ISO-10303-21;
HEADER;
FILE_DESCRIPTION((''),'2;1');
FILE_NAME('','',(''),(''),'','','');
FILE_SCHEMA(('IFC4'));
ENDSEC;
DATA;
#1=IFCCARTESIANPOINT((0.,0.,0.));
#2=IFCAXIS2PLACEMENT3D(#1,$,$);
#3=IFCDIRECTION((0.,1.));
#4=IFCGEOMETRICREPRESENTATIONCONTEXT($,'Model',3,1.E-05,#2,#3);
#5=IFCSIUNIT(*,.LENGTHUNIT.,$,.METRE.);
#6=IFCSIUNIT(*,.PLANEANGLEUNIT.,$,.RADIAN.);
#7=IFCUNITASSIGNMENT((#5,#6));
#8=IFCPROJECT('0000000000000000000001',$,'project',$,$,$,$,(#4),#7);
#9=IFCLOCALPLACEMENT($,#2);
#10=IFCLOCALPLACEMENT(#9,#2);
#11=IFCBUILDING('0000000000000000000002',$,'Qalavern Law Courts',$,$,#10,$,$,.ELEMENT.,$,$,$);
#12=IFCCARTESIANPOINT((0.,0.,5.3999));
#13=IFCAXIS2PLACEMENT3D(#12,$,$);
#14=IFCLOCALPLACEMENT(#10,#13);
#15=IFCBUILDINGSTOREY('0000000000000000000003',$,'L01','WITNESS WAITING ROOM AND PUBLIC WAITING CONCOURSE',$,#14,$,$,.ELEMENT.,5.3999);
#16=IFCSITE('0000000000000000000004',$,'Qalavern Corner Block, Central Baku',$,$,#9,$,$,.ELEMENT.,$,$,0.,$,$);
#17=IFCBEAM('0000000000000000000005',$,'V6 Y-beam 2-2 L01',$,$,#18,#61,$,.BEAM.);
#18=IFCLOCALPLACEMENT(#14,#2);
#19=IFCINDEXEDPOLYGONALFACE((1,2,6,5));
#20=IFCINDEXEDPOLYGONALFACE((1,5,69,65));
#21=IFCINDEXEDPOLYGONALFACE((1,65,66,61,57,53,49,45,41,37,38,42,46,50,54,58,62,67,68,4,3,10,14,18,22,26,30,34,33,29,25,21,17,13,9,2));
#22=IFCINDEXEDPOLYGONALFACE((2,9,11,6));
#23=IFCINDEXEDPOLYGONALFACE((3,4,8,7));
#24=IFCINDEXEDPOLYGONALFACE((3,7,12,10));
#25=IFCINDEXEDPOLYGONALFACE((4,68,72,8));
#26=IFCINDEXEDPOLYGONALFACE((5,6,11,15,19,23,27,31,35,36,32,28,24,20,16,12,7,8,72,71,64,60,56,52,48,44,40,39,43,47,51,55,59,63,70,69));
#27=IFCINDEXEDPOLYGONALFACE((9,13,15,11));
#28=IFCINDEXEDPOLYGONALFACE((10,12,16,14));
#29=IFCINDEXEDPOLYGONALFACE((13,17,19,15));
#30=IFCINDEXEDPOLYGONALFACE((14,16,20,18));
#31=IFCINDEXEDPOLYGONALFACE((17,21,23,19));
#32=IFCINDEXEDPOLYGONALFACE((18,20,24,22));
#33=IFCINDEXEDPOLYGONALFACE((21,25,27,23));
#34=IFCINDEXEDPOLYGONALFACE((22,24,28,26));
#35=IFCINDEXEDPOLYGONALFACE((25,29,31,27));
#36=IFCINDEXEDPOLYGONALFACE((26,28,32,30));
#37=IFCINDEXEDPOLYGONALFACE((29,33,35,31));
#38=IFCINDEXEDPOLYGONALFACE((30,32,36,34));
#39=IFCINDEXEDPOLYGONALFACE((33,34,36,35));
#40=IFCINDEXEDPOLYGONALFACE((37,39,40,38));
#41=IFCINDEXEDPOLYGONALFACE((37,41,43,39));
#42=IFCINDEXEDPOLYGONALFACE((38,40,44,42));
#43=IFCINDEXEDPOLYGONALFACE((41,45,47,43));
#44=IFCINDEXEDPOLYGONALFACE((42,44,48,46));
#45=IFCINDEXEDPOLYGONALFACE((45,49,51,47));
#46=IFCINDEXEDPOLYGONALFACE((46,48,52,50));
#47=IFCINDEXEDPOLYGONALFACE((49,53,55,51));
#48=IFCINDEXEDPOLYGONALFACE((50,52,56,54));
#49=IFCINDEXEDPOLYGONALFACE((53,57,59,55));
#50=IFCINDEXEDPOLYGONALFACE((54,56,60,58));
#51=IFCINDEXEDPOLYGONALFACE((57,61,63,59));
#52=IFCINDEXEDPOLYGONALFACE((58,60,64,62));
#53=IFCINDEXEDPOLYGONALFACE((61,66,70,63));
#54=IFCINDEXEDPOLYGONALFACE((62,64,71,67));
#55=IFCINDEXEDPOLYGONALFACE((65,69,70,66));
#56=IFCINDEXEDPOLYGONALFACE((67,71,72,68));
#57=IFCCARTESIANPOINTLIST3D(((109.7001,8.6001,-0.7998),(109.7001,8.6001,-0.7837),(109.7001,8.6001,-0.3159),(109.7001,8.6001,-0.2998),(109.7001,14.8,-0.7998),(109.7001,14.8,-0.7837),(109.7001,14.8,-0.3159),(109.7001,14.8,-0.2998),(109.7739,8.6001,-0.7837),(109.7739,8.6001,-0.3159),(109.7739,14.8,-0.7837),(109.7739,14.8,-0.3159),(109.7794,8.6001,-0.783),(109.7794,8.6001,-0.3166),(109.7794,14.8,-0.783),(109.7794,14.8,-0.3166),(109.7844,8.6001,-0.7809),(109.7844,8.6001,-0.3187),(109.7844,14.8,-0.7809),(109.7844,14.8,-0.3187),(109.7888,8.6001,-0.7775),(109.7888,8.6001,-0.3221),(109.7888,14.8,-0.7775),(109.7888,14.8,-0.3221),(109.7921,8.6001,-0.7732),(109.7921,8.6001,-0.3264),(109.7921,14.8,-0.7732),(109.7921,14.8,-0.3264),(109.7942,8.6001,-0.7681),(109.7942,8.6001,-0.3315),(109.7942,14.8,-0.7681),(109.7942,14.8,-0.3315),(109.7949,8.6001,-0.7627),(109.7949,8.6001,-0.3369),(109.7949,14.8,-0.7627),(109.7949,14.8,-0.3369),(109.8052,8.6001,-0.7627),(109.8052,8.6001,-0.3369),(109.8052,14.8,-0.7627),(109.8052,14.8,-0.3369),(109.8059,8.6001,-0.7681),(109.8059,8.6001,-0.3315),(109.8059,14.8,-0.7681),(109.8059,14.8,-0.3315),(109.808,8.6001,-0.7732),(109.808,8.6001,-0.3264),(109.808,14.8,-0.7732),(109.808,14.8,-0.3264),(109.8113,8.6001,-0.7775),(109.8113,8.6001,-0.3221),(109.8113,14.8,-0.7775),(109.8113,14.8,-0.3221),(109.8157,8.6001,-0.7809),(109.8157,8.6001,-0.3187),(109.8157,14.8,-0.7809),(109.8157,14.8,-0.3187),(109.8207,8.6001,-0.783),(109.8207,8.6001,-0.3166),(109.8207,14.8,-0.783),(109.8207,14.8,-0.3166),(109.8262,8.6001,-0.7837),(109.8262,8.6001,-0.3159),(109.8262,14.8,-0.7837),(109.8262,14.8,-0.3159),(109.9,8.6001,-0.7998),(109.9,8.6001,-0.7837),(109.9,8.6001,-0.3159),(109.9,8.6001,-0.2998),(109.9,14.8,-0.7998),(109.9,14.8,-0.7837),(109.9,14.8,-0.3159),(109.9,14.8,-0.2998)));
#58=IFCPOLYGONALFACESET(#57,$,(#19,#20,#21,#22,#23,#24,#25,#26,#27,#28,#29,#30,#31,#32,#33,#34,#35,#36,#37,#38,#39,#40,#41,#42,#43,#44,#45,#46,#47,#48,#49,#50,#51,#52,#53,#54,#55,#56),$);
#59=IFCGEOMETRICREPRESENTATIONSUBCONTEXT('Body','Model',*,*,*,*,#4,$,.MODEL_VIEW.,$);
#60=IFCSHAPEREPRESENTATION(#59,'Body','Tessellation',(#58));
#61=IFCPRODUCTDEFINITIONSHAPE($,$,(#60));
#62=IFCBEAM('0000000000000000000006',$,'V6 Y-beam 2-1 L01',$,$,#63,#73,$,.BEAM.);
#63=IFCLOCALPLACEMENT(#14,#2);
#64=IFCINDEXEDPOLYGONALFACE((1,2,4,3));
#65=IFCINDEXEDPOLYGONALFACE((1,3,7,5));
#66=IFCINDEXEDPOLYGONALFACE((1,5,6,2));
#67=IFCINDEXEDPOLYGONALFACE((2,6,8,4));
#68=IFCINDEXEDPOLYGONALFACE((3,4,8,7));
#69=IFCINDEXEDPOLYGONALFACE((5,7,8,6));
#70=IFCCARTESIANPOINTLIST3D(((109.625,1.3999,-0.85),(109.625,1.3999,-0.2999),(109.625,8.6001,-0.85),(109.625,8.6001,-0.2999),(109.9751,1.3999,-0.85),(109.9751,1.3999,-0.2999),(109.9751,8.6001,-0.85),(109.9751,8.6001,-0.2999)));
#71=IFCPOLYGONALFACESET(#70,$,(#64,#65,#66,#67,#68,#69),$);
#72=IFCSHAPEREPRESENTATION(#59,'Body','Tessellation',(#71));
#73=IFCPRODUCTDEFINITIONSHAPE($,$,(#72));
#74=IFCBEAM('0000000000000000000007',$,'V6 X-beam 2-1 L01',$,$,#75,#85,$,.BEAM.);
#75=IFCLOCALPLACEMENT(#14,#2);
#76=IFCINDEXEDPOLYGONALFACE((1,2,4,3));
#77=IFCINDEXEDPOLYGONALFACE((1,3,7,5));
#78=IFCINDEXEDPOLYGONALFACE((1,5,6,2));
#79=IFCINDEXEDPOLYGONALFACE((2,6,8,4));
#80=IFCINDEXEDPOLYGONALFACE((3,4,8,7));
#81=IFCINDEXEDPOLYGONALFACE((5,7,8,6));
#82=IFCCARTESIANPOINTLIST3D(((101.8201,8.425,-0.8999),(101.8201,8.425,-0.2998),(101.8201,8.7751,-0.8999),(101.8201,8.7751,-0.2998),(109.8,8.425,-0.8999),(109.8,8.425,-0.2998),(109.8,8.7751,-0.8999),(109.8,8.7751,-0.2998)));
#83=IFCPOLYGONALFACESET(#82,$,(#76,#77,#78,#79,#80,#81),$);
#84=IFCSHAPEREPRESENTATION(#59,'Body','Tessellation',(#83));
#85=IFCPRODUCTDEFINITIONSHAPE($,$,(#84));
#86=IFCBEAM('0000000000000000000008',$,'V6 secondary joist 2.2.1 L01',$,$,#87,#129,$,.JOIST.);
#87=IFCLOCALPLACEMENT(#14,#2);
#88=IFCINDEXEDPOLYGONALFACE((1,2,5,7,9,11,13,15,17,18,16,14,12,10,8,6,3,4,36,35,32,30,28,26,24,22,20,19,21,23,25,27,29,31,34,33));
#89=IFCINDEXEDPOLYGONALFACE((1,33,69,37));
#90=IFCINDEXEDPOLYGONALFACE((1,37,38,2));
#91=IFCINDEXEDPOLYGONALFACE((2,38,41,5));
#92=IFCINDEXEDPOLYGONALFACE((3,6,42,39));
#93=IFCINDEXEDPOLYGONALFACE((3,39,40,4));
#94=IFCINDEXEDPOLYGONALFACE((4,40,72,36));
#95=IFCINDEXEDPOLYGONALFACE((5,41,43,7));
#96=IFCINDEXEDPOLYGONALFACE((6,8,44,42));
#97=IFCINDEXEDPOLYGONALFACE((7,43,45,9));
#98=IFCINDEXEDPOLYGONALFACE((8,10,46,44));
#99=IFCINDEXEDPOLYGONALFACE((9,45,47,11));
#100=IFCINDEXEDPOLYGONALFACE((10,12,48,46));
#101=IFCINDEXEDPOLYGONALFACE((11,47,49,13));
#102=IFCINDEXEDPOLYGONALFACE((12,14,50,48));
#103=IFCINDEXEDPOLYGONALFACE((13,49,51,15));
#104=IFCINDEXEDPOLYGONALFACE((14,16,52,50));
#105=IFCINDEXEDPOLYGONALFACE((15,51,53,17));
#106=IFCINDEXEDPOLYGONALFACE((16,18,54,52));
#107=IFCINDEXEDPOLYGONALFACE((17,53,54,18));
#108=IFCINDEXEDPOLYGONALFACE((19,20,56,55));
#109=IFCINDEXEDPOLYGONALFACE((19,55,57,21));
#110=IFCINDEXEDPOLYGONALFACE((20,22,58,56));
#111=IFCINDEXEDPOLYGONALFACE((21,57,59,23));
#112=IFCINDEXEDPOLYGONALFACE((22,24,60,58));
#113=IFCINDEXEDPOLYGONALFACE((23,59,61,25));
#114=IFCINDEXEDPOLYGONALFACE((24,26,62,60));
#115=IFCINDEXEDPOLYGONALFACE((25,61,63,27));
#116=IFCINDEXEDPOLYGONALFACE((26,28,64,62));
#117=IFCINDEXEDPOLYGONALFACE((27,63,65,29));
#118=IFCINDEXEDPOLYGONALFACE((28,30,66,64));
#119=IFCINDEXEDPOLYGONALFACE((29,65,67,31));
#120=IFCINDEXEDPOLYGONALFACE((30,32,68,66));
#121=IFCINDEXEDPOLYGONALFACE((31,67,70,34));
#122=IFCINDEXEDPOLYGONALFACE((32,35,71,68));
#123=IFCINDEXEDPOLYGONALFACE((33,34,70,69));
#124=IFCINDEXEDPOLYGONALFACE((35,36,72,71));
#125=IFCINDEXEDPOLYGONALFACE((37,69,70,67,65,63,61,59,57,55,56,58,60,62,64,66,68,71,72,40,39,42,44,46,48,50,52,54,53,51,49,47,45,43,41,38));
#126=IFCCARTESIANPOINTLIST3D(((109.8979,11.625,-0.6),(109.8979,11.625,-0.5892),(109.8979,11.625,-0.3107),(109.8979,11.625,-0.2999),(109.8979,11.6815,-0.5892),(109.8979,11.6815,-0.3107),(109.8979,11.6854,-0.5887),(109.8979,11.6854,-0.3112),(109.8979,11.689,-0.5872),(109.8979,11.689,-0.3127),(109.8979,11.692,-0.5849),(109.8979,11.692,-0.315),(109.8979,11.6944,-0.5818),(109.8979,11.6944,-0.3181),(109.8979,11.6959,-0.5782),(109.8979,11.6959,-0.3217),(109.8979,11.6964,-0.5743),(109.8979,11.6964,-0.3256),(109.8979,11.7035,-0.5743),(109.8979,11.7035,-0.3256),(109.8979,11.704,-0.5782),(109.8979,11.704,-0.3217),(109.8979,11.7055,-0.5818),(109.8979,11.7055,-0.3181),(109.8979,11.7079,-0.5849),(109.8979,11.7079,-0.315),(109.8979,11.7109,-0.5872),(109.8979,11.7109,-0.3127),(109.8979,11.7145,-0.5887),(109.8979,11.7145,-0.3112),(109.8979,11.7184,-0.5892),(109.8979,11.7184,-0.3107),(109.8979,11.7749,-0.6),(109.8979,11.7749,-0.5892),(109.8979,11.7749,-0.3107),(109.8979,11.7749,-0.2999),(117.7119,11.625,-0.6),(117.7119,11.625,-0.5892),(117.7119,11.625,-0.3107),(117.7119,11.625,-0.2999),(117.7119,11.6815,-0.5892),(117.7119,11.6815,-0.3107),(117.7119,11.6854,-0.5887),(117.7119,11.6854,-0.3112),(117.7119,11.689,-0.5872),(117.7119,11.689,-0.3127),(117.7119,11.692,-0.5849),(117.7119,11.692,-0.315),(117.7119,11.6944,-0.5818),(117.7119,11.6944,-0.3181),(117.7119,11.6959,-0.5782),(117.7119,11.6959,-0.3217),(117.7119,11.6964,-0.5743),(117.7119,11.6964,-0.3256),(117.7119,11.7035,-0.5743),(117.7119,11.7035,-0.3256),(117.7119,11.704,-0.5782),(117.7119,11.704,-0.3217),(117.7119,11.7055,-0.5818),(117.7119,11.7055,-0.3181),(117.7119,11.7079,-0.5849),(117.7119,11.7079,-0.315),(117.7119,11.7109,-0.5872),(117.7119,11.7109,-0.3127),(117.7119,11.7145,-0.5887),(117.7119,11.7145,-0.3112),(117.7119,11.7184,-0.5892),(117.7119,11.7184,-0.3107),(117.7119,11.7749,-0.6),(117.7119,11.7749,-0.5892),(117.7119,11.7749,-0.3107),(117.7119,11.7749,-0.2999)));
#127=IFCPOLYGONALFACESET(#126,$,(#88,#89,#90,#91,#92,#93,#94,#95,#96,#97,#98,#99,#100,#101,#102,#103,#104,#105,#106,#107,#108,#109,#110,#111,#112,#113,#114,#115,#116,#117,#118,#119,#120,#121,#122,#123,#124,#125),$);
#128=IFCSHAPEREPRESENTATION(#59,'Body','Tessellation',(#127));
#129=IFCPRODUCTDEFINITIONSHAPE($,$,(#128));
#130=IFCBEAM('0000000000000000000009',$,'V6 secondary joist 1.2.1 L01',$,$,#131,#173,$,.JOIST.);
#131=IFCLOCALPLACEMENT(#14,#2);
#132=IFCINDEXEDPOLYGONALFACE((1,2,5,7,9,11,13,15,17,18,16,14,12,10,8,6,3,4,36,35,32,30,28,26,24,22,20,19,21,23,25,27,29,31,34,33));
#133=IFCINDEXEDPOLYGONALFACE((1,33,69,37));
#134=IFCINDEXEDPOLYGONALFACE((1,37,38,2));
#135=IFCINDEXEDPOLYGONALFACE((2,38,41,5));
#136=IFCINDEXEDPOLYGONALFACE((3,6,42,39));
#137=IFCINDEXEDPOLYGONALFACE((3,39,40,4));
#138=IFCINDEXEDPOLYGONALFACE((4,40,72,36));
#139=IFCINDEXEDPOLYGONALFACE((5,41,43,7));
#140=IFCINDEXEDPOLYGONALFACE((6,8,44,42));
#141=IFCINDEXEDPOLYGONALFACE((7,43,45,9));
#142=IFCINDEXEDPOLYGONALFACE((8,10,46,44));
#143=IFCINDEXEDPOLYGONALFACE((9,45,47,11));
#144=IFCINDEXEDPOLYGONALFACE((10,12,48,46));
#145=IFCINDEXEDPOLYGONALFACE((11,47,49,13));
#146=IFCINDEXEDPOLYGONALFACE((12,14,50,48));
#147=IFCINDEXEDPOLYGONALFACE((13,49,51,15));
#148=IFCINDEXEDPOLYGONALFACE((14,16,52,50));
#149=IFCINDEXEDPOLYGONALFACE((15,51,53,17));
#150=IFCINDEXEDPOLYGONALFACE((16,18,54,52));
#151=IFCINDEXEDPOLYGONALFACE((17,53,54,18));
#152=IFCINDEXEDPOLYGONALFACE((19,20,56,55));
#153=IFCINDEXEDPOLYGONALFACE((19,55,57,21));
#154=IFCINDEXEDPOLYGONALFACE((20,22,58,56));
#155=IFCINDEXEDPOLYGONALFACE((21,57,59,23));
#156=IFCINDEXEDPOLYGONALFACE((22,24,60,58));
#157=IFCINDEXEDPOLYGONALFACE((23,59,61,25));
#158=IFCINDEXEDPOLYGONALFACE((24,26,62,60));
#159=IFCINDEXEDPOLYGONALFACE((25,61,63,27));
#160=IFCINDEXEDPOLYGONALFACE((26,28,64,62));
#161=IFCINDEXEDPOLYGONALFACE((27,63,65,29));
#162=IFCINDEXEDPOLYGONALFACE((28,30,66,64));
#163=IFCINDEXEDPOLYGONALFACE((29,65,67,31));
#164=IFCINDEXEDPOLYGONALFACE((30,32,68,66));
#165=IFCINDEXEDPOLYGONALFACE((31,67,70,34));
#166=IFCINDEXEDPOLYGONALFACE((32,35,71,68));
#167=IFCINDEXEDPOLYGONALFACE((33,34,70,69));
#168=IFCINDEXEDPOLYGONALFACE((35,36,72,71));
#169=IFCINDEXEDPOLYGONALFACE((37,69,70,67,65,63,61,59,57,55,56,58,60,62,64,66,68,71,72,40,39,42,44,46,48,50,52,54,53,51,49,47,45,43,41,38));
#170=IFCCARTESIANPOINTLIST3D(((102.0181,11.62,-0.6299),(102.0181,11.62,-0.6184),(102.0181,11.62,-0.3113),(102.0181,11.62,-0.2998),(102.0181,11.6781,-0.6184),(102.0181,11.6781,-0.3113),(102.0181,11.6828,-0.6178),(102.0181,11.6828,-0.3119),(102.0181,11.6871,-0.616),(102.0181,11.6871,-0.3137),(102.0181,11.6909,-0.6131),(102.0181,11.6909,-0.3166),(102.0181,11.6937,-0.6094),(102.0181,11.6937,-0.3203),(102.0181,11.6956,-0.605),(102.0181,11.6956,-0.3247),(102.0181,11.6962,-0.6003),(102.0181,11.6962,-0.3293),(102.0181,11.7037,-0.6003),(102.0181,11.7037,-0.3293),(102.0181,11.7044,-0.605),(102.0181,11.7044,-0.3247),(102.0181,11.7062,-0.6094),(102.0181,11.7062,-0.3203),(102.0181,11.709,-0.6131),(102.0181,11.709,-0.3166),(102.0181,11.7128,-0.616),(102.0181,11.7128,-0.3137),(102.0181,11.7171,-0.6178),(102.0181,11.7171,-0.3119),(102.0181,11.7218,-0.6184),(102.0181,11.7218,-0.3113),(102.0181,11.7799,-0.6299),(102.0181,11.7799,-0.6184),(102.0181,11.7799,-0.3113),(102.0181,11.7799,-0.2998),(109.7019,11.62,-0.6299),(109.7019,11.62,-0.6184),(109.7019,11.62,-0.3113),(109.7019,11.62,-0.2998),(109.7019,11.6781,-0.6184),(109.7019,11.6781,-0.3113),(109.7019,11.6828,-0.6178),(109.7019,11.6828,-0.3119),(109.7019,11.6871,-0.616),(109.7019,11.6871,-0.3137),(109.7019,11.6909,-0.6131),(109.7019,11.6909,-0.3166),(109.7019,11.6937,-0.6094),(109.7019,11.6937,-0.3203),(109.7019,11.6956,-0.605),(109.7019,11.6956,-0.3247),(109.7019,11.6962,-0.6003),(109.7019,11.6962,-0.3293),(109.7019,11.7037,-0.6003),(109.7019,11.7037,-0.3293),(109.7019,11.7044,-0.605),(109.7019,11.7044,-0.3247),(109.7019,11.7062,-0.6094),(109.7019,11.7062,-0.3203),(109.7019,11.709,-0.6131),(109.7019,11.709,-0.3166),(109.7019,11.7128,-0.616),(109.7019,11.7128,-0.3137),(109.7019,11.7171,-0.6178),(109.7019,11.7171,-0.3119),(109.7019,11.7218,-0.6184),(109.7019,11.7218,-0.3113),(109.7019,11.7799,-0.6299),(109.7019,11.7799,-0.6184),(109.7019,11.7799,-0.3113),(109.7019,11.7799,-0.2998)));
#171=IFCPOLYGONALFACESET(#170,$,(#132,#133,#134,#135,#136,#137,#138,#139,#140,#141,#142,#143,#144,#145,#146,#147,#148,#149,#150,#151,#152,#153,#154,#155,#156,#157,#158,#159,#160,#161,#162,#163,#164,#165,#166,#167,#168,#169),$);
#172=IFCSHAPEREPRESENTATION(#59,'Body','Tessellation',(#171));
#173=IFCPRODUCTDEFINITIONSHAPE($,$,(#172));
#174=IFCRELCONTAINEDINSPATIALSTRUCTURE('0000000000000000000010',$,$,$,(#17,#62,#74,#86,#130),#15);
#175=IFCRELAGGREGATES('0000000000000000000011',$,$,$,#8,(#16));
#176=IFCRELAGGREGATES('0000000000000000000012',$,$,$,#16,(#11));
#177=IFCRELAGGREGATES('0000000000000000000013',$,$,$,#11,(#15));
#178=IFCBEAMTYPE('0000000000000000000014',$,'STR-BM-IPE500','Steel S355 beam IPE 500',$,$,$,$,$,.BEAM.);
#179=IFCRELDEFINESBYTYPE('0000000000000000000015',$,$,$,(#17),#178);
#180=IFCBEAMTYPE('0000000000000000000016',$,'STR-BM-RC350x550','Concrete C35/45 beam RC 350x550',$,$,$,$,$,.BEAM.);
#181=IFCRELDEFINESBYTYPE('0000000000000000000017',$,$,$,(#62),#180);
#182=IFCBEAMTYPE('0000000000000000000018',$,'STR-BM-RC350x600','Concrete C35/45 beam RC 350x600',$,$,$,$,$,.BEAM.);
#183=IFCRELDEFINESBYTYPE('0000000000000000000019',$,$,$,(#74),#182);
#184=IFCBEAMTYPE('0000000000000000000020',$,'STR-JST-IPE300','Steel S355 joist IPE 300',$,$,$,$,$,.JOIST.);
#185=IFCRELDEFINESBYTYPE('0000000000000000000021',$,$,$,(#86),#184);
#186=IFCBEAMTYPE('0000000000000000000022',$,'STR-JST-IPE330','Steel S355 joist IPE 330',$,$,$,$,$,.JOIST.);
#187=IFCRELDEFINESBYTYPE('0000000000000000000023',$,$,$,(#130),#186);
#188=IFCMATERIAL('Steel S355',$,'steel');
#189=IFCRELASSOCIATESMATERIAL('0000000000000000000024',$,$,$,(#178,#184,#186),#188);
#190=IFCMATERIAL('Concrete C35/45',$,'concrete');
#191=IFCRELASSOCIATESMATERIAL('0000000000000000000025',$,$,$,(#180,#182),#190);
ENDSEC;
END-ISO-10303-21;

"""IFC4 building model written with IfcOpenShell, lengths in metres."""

from ifc_helpers import new_model, si_unit, direction, frame, origin, origin_2d, place, context, subcontext, project, spatial, rectangle, i_section, extrude, material, material_profile, profile_set, type_object, element, save


model = new_model("IFC4")

# Units and contexts
model_context = context("Model", 3, precision=1e-05, world=origin(), true_north=direction((0.0, 1.0)))
body_context = subcontext(model_context, "Body", "Model", "MODEL_VIEW")
ifc_project = project(units=[si_unit("LENGTHUNIT", "METRE"), si_unit("PLANEANGLEUNIT", "RADIAN")], contexts=[model_context])

# Site, building, storey
site_placement = place(None, origin())
site = spatial("IfcSite", under=ifc_project, at=site_placement, Name="Qalavern Corner Block, Central Baku", CompositionType="ELEMENT", RefElevation=0.0)
building_placement = place(site_placement, origin())
building = spatial("IfcBuilding", under=site, at=building_placement, Name="Qalavern Law Courts", CompositionType="ELEMENT")
storey_placement = place(building_placement, frame((0.0, 0.0, 5.3999)))
storey = spatial("IfcBuildingStorey", under=building, at=storey_placement, Name="L01", Description="WITNESS WAITING ROOM AND PUBLIC WAITING CONCOURSE", CompositionType="ELEMENT", Elevation=5.3999)

# Beams
ifc_material_1 = material(Name="Steel S355", Category="steel")
ifc_material_profile_1 = material_profile(ifc_material_1, i_section(OverallWidth=0.2, OverallDepth=0.5, WebThickness=0.0103, FlangeThickness=0.0161, FilletRadius=0.021, at=origin_2d()), Name="IPE 500")
ifc_profile_set_1 = profile_set([ifc_material_profile_1], Name="Steel S355")
beam_type_1 = type_object("IfcBeamType", Name="STR-BM-IPE500", Description="Steel S355 beam IPE 500", PredefinedType="BEAM", material=ifc_profile_set_1)
beam_1_placement = place(storey_placement, frame((109.8, 8.6001, -0.5498), z_axis=(0.0, 1.0, 0.0), x_axis=(-1.0, 0.0, 0.0)))
element("IfcBeam", 1, at=beam_1_placement, inside=storey, type_object=beam_type_1, Name="V6 Y-beam 2-2 L01", PredefinedType="BEAM", context=body_context, shape_type="SweptSolid", body=[
    extrude(i_section(OverallWidth=0.2, OverallDepth=0.5, WebThickness=0.0103, FlangeThickness=0.0161, FilletRadius=0.021, at=origin_2d()), origin(), (0.0, 0.0, 1.0), 6.2),
])
ifc_material_2 = material(Name="Concrete C35/45", Category="concrete")
ifc_material_profile_2 = material_profile(ifc_material_2, rectangle(XDim=0.3501, YDim=0.55, at=origin_2d()), Name="RC 350x550")
ifc_profile_set_2 = profile_set([ifc_material_profile_2], Name="Concrete C35/45")
beam_type_2 = type_object("IfcBeamType", Name="STR-BM-RC350x550", Description="Concrete C35/45 beam RC 350x550", PredefinedType="BEAM", material=ifc_profile_set_2)
beam_2_placement = place(storey_placement, frame((109.8, 1.3999, -0.575), z_axis=(0.0, 1.0, 0.0), x_axis=(-1.0, 0.0, 0.0)))
element("IfcBeam", 2, at=beam_2_placement, inside=storey, type_object=beam_type_2, Name="V6 Y-beam 2-1 L01", PredefinedType="BEAM", context=body_context, shape_type="SweptSolid", body=[
    extrude(rectangle(XDim=0.3501, YDim=0.55, at=origin_2d()), origin(), (0.0, 0.0, 1.0), 7.2002),
])
ifc_material_profile_3 = material_profile(ifc_material_2, rectangle(XDim=0.3501, YDim=0.6001, at=origin_2d()), Name="RC 350x600")
ifc_profile_set_3 = profile_set([ifc_material_profile_3], Name="Concrete C35/45")
beam_type_3 = type_object("IfcBeamType", Name="STR-BM-RC350x600", Description="Concrete C35/45 beam RC 350x600", PredefinedType="BEAM", material=ifc_profile_set_3)
beam_3_placement = place(storey_placement, frame((101.8201, 8.6001, -0.5999), z_axis=(1.0, 0.0, 0.0), x_axis=(0.0, 1.0, 0.0)))
element("IfcBeam", 3, at=beam_3_placement, inside=storey, type_object=beam_type_3, Name="V6 X-beam 2-1 L01", PredefinedType="BEAM", context=body_context, shape_type="SweptSolid", body=[
    extrude(rectangle(XDim=0.3501, YDim=0.6001, at=origin_2d()), origin(), (0.0, 0.0, 1.0), 7.98),
])
ifc_material_profile_4 = material_profile(ifc_material_1, i_section(OverallWidth=0.1499, OverallDepth=0.3, WebThickness=0.0071, FlangeThickness=0.0107, FilletRadius=0.0149, at=origin_2d()), Name="IPE 300")
ifc_profile_set_4 = profile_set([ifc_material_profile_4], Name="Steel S355")
beam_type_4 = type_object("IfcBeamType", Name="STR-JST-IPE300", Description="Steel S355 joist IPE 300", PredefinedType="JOIST", material=ifc_profile_set_4)
beam_4_placement = place(storey_placement, frame((109.8979, 11.7, -0.45), z_axis=(1.0, 0.0, 0.0), x_axis=(0.0, 1.0, 0.0)))
element("IfcBeam", 4, at=beam_4_placement, inside=storey, type_object=beam_type_4, Name="V6 secondary joist 2.2.1 L01", PredefinedType="JOIST", context=body_context, shape_type="SweptSolid", body=[
    extrude(i_section(OverallWidth=0.1499, OverallDepth=0.3, WebThickness=0.0071, FlangeThickness=0.0107, FilletRadius=0.0149, at=origin_2d()), origin(), (0.0, 0.0, 1.0), 7.814),
])
ifc_material_profile_5 = material_profile(ifc_material_1, i_section(OverallWidth=0.1599, OverallDepth=0.3301, WebThickness=0.0076, FlangeThickness=0.0115, FilletRadius=0.0181, at=origin_2d()), Name="IPE 330")
ifc_profile_set_5 = profile_set([ifc_material_profile_5], Name="Steel S355")
beam_type_5 = type_object("IfcBeamType", Name="STR-JST-IPE330", Description="Steel S355 joist IPE 330", PredefinedType="JOIST", material=ifc_profile_set_5)
beam_5_placement = place(storey_placement, frame((102.0181, 11.7, -0.4648), z_axis=(1.0, 0.0, 0.0), x_axis=(0.0, 1.0, 0.0)))
element("IfcBeam", 5, at=beam_5_placement, inside=storey, type_object=beam_type_5, Name="V6 secondary joist 1.2.1 L01", PredefinedType="JOIST", context=body_context, shape_type="SweptSolid", body=[
    extrude(i_section(OverallWidth=0.1599, OverallDepth=0.3301, WebThickness=0.0076, FlangeThickness=0.0115, FilletRadius=0.0181, at=origin_2d()), origin(), (0.0, 0.0, 1.0), 7.6838),
])

save(model, "model.ifc")
